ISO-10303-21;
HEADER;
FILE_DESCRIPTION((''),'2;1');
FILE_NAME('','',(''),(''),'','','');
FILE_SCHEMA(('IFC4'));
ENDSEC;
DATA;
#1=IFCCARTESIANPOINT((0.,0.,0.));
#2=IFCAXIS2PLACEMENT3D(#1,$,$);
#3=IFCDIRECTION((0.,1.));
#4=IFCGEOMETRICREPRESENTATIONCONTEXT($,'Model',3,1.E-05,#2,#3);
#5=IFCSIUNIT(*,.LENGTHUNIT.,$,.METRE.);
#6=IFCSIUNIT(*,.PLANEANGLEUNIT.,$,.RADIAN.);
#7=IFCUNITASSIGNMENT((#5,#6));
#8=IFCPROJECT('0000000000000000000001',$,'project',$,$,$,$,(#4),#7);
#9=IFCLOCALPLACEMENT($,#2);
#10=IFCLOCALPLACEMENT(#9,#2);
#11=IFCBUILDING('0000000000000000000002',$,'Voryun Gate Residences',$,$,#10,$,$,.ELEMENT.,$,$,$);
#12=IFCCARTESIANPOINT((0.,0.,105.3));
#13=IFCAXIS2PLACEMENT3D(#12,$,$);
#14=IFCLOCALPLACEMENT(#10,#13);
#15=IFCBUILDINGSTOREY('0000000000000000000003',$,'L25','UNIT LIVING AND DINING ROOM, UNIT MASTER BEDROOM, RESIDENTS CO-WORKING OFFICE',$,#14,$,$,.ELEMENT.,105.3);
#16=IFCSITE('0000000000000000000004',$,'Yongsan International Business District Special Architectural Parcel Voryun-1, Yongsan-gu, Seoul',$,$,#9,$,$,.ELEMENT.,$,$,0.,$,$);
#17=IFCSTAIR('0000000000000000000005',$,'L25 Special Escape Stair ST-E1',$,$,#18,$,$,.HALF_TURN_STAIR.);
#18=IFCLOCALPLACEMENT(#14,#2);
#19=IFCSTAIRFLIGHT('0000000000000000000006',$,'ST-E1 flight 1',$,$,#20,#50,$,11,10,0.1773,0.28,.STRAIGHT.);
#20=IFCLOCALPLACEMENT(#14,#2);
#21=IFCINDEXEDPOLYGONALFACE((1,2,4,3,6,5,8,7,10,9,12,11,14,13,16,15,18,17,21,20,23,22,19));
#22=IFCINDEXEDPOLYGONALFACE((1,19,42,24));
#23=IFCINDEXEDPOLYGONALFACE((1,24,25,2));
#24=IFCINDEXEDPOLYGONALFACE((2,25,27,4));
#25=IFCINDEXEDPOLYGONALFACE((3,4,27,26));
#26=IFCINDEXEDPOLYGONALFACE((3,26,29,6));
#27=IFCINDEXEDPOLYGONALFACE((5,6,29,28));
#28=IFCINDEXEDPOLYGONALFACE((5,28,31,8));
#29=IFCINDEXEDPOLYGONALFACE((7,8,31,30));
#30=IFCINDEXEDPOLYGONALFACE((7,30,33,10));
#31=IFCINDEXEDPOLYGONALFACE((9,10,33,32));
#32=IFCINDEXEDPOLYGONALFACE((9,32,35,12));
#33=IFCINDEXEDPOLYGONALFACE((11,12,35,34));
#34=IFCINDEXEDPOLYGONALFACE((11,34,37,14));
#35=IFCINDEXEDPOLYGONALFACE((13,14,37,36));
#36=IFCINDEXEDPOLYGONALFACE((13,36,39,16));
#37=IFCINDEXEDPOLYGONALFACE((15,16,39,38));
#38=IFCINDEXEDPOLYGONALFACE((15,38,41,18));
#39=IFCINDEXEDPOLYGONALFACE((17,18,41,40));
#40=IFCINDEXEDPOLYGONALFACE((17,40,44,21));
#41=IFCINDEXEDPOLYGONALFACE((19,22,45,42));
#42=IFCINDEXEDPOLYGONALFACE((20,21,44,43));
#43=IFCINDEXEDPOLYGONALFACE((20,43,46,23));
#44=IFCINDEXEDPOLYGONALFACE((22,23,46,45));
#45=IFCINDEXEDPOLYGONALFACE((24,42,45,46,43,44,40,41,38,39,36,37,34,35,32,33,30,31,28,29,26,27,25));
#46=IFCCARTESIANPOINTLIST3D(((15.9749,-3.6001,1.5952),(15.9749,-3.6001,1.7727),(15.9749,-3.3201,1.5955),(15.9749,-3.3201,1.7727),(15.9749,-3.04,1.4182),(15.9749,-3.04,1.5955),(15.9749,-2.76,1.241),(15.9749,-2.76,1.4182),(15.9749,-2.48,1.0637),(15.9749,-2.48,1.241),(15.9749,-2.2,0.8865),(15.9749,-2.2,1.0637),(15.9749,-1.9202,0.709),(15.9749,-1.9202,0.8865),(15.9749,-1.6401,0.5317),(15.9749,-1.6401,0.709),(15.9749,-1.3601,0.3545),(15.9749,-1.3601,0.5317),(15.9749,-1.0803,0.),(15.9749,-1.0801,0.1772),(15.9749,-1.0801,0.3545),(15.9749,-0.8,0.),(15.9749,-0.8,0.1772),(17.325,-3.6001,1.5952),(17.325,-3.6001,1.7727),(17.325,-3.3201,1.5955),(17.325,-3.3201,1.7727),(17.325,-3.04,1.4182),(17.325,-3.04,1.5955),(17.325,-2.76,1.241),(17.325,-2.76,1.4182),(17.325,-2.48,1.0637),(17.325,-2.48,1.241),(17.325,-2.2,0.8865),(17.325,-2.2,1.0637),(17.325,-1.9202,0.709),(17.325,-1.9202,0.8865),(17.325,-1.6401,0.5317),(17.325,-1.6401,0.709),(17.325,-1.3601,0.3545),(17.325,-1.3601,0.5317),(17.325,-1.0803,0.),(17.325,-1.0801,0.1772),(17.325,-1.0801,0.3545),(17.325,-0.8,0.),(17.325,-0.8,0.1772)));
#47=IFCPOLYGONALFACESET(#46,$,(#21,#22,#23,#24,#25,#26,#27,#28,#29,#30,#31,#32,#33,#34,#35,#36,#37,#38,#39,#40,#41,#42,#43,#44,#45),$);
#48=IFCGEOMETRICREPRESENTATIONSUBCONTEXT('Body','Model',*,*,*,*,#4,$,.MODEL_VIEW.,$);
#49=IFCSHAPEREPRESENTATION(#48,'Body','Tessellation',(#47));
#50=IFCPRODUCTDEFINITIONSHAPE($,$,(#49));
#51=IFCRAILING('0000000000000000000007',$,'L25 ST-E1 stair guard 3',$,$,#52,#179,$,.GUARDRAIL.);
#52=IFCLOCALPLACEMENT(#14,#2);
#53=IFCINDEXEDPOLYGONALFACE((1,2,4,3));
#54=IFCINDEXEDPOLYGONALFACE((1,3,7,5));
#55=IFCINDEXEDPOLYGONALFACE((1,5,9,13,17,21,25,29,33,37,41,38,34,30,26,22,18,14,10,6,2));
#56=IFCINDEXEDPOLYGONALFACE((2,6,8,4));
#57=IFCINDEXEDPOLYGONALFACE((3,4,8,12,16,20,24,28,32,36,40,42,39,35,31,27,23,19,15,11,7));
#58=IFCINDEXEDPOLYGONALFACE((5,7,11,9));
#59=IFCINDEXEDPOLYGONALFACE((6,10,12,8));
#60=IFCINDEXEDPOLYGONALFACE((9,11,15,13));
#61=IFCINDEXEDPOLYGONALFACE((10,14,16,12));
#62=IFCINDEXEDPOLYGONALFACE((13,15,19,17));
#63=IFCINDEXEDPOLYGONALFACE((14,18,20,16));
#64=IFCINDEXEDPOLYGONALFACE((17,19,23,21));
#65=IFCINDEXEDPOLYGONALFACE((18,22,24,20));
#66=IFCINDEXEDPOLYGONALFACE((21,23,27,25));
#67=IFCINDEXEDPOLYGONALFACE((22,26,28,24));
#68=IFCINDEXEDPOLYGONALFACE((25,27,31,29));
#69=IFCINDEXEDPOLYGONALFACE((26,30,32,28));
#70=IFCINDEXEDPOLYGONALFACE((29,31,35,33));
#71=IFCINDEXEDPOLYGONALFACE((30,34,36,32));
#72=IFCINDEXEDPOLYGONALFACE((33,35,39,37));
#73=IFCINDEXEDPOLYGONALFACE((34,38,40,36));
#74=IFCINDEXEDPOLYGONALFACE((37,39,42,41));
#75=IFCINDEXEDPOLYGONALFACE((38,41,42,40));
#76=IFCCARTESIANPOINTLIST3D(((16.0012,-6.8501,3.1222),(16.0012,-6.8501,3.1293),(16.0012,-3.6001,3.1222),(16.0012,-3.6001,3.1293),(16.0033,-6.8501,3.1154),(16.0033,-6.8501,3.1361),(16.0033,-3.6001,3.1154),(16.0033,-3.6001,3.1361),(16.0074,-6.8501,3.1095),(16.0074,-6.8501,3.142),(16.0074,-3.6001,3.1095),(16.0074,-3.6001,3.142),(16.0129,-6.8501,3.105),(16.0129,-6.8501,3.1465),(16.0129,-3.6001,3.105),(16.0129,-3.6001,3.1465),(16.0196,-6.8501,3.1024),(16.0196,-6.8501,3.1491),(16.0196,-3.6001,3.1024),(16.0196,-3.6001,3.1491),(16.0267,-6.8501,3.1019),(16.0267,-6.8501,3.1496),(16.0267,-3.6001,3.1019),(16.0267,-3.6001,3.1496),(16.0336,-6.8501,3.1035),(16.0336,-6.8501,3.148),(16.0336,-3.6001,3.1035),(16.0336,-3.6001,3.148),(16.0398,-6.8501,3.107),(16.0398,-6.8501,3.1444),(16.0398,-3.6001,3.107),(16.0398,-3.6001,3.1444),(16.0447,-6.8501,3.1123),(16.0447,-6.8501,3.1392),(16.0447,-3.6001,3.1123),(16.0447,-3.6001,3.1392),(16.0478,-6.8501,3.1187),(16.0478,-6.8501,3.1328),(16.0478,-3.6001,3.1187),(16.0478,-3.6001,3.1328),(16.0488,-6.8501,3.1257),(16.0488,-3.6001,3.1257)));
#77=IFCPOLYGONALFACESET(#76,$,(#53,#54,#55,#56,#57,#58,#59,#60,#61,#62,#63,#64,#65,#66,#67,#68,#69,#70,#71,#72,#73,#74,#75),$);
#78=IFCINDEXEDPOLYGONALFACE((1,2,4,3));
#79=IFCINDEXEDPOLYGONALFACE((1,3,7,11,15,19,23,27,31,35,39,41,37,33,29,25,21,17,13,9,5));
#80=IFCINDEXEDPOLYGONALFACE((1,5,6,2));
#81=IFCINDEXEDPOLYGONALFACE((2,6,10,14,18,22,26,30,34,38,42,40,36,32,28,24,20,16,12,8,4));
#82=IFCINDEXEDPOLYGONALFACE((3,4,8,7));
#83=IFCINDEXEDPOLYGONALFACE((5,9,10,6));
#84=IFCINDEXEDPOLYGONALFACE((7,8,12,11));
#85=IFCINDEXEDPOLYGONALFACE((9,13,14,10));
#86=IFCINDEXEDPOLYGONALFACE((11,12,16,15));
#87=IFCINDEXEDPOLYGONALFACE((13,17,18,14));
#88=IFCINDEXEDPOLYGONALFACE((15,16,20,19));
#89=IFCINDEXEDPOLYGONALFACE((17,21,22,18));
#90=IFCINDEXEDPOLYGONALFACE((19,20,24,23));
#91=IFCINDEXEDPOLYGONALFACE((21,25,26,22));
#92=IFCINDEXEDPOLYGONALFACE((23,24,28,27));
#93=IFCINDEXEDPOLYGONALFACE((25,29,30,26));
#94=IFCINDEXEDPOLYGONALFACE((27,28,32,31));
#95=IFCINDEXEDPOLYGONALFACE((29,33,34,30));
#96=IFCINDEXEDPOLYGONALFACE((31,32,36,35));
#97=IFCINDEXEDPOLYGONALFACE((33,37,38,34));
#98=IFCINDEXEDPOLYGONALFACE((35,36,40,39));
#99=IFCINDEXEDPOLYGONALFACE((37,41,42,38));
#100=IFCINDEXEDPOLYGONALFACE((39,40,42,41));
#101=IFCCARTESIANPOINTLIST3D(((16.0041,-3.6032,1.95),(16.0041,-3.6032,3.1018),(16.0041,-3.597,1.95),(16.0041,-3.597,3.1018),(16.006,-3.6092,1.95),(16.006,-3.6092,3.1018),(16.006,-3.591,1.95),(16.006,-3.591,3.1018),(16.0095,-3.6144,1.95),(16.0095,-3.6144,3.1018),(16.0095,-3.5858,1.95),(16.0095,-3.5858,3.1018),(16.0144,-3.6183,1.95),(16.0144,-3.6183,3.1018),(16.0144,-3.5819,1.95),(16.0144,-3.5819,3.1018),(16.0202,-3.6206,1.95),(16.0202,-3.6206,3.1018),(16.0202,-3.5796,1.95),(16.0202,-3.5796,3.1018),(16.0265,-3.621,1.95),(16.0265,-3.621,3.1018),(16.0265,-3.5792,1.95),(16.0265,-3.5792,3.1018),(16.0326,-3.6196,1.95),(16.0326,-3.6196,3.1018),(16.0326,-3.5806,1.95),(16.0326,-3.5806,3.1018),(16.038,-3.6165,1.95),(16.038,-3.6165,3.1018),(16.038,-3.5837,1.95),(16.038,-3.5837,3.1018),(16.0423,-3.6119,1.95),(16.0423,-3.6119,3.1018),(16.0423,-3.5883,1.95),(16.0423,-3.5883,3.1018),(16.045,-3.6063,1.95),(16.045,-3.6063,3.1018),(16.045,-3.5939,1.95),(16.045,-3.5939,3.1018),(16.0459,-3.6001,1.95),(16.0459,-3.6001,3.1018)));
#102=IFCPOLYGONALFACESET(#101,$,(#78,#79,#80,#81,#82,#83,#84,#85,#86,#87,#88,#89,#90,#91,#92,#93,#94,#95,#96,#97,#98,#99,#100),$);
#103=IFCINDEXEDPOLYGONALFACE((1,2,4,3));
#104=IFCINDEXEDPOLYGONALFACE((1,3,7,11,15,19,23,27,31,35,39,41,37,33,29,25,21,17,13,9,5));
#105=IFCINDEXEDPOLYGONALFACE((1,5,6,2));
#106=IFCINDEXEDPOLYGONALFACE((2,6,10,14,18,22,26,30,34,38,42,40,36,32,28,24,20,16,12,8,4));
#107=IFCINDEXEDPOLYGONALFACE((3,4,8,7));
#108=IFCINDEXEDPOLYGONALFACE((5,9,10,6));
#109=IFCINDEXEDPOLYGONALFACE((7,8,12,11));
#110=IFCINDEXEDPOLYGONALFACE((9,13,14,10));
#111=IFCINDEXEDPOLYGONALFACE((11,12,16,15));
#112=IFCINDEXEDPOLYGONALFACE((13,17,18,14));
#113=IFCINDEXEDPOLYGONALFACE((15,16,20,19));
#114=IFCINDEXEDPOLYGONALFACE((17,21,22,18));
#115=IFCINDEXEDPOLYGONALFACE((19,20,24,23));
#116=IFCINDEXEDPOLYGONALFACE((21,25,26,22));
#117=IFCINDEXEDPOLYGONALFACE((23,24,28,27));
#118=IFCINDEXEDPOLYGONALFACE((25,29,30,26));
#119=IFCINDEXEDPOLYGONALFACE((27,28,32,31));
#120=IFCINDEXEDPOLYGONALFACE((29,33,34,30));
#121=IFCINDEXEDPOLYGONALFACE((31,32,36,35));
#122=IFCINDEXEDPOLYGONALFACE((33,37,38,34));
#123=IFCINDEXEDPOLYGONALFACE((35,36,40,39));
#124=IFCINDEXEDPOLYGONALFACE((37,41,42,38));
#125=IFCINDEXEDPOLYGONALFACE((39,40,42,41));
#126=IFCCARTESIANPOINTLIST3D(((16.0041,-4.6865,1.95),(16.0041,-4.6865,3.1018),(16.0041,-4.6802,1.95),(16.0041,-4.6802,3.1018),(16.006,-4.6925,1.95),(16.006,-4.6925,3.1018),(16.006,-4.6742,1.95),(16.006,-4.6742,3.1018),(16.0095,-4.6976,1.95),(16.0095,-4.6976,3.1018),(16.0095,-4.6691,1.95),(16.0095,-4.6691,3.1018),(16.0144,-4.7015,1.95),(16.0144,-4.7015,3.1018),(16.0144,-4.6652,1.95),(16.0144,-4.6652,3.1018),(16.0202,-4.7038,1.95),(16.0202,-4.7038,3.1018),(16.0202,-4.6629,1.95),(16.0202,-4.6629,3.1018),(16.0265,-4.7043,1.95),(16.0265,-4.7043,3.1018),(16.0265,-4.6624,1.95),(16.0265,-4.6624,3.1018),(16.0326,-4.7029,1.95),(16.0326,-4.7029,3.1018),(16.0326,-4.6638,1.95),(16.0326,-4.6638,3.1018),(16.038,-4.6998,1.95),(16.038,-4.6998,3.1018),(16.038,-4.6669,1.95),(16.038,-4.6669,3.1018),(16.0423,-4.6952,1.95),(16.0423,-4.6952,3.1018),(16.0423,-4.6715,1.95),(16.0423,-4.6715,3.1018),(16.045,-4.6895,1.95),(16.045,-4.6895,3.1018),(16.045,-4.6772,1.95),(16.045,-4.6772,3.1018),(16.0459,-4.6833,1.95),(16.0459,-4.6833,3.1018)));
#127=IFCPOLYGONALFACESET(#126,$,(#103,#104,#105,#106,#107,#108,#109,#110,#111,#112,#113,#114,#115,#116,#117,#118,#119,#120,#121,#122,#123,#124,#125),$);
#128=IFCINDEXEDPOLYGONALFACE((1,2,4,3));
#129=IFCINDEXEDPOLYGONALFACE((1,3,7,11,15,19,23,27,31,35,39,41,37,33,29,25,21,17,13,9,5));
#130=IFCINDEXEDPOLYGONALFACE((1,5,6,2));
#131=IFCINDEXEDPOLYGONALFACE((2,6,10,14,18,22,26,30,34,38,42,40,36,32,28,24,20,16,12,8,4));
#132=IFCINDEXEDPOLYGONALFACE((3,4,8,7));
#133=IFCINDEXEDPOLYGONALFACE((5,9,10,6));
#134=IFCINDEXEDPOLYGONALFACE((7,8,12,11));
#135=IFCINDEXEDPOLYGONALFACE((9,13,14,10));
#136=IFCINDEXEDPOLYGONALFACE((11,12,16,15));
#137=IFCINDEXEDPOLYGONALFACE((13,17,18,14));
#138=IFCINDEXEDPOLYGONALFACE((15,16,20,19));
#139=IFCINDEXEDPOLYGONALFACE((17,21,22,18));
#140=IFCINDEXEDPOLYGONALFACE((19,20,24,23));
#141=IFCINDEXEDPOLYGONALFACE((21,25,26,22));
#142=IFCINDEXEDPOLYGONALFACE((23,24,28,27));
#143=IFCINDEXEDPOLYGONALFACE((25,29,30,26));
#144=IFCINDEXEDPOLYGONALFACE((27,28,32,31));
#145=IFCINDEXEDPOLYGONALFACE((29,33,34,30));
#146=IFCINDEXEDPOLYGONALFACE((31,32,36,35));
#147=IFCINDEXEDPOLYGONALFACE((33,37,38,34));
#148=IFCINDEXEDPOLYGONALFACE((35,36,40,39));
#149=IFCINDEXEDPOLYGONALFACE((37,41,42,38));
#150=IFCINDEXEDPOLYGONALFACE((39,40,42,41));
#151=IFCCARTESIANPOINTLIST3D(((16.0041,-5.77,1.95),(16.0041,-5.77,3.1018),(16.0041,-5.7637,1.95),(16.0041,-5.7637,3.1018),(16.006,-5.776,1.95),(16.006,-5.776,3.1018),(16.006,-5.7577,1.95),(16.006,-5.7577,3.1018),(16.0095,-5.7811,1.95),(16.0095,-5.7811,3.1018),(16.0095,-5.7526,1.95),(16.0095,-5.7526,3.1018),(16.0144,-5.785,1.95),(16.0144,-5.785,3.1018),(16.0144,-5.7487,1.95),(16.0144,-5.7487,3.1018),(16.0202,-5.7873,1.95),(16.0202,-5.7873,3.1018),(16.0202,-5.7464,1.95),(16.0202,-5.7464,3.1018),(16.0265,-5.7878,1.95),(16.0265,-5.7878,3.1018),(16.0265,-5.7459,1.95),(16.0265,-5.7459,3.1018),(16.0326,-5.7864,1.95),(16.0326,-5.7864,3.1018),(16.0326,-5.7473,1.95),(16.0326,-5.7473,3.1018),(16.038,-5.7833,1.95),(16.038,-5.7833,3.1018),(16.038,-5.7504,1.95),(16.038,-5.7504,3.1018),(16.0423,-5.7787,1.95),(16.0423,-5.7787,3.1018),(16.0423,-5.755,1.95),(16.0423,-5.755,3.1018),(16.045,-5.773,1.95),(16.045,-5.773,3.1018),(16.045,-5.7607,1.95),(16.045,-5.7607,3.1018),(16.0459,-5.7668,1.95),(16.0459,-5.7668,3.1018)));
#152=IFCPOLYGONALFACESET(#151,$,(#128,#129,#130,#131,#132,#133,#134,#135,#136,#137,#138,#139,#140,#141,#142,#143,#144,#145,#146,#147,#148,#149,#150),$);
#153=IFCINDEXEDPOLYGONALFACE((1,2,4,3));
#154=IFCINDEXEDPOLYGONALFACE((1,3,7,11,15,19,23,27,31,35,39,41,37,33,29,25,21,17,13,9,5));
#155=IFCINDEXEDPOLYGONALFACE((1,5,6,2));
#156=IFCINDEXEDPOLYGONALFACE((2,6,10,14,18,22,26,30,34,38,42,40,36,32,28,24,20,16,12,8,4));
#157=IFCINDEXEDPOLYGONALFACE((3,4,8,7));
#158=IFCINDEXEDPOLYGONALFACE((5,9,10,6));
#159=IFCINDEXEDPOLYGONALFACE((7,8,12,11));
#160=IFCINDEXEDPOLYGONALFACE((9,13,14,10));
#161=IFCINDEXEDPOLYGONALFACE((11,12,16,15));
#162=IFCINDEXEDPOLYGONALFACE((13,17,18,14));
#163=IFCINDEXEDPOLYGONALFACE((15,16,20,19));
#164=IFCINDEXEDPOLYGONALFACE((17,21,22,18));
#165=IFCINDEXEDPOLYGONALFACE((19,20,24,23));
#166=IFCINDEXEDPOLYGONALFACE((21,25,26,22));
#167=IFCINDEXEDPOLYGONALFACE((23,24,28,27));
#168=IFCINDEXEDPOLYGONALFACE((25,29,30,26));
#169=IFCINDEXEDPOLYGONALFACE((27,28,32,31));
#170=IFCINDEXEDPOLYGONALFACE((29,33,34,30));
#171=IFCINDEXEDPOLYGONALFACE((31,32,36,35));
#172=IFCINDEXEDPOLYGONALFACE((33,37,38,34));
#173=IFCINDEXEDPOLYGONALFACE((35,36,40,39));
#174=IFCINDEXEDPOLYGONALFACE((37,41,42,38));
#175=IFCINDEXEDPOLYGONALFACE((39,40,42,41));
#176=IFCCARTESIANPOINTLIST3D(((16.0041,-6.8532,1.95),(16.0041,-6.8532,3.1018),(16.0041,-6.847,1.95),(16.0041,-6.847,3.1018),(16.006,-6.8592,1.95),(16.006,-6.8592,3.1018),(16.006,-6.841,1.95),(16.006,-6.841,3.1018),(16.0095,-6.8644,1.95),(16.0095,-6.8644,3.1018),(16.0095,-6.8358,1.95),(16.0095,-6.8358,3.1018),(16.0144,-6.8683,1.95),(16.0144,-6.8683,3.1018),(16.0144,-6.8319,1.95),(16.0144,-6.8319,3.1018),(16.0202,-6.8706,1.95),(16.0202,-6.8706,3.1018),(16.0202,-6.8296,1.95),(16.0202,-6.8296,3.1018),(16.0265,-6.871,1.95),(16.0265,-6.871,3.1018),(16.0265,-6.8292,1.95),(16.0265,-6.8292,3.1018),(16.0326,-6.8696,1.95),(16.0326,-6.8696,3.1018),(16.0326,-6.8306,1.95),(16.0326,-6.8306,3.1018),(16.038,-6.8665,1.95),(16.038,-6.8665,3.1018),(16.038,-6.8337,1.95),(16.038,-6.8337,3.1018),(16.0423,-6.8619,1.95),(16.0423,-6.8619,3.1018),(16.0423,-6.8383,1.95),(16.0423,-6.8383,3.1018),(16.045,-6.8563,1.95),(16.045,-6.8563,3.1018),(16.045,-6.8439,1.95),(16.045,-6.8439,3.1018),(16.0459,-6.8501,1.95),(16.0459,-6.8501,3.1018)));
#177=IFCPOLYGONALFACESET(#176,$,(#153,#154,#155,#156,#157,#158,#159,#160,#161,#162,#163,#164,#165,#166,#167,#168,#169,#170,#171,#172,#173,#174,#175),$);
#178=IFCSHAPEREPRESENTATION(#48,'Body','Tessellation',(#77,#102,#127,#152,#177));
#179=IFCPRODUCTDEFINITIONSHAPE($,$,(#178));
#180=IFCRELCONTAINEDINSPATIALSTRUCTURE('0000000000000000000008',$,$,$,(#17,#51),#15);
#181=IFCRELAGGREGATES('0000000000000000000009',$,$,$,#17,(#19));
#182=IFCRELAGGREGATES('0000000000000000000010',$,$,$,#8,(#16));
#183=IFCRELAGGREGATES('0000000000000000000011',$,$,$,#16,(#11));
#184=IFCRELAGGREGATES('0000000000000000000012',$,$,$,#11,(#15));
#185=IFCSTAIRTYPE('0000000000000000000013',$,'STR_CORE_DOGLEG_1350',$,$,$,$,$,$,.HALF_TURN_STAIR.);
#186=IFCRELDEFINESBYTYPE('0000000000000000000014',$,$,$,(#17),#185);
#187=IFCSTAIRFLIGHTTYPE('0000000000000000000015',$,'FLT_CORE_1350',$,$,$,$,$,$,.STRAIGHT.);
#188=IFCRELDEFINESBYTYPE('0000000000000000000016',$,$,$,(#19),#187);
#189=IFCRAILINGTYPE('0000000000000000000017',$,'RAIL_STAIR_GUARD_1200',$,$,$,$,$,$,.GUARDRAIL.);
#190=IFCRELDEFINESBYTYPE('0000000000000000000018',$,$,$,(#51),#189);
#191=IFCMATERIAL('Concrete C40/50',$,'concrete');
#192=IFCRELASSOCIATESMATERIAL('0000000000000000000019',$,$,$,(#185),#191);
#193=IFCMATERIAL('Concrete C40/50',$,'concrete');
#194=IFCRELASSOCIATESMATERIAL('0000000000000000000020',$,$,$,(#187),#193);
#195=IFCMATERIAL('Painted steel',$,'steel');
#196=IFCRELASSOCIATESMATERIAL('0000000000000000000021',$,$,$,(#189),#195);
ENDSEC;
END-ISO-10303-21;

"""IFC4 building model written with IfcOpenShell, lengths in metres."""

from ifc_helpers import new_model, si_unit, direction, frame, origin, origin_2d, place, context, subcontext, project, spatial, polyline, circle, outline, extrude, material, type_object, element, aggregate, save


model = new_model("IFC4")

# Units and contexts
model_context = context("Model", 3, precision=1e-05, world=origin(), true_north=direction((0.0, 1.0)))
body_context = subcontext(model_context, "Body", "Model", "MODEL_VIEW")
ifc_project = project(units=[si_unit("LENGTHUNIT", "METRE"), si_unit("PLANEANGLEUNIT", "RADIAN")], contexts=[model_context])

# Site, building, storey
site_placement = place(None, origin())
site = spatial("IfcSite", under=ifc_project, at=site_placement, Name="Yongsan International Business District Special Architectural Parcel Voryun-1, Yongsan-gu, Seoul", CompositionType="ELEMENT", RefElevation=0.0)
building_placement = place(site_placement, origin())
building = spatial("IfcBuilding", under=site, at=building_placement, Name="Voryun Gate Residences", CompositionType="ELEMENT")
storey_placement = place(building_placement, frame((0.0, 0.0, 105.3)))
storey = spatial("IfcBuildingStorey", under=building, at=storey_placement, Name="L25", Description="UNIT LIVING AND DINING ROOM, UNIT MASTER BEDROOM, RESIDENTS CO-WORKING OFFICE", CompositionType="ELEMENT", Elevation=105.3)

# Stair, stair flight
ifc_material_1 = material(Name="Concrete C40/50", Category="concrete")
stair_type = type_object("IfcStairType", Name="STR_CORE_DOGLEG_1350", PredefinedType="HALF_TURN_STAIR", material=ifc_material_1)
stair_placement = place(storey_placement, origin())
stair = element("IfcStair", 1, at=stair_placement, inside=storey, type_object=stair_type, Name="L25 Special Escape Stair ST-E1", PredefinedType="HALF_TURN_STAIR")
ifc_material_2 = material(Name="Concrete C40/50", Category="concrete")
stair_flight_type = type_object("IfcStairFlightType", Name="FLT_CORE_1350", PredefinedType="STRAIGHT", material=ifc_material_2)
stair_flight_placement = place(storey_placement, frame((16.6499, -0.8, 0.0), z_axis=(0.0, 0.0, 1.0), x_axis=(0.0, -1.0, 0.0)))
stair_flight = element("IfcStairFlight", 2, at=stair_flight_placement, type_object=stair_flight_type, Name="ST-E1 flight 1", NumberOfRisers=11, NumberOfTreads=10, PredefinedType="STRAIGHT", RiserHeight=0.1773, TreadLength=0.28, context=body_context, shape_type="SweptSolid", body=[
    extrude(outline(polyline([(0.0, 0.0), (0.0, 0.1772), (0.28, 0.1772), (0.28, 0.3545), (0.5601, 0.3545), (0.5601, 0.5317), (0.8401, 0.5317), (0.8401, 0.709), (1.1201, 0.709), (1.1201, 0.8865), (1.3999, 0.8865), (1.3999, 1.0637), (1.6799, 1.0637), (1.6799, 1.241), (1.96, 1.241), (1.96, 1.4182), (2.24, 1.4182), (2.24, 1.5955), (2.52, 1.5955), (2.52, 1.7727), (2.8, 1.7727), (2.8, 1.95), (2.8, 1.5952), (0.2803, 0.0), (0.0, 0.0)])), frame((0.0, 0.675, 0.0), z_axis=(0.0, -1.0, 0.0), x_axis=(1.0, 0.0, 0.0)), (0.0, 0.0, 1.0), 1.3501),
])
aggregate(stair, [stair_flight])

# Railing
ifc_material_3 = material(Name="Painted steel", Category="steel")
railing_type_1 = type_object("IfcRailingType", Name="RAIL_STAIR_GUARD_1200", PredefinedType="GUARDRAIL", material=ifc_material_3)
railing_1_placement = place(storey_placement, frame((16.0249, -3.6001, 1.95)))
element("IfcRailing", 3, at=railing_1_placement, inside=storey, type_object=railing_type_1, Name="L25 ST-E1 stair guard 3", PredefinedType="GUARDRAIL", context=body_context, shape_type="SweptSolid", body=[
    extrude(circle(Radius=0.0239, at=origin_2d()), frame((0.0, 0.0, 1.1758), z_axis=(0.0, -1.0, 0.0), x_axis=(1.0, 0.0, 0.0)), (0.0, 0.0, 1.0), 3.25),
    extrude(circle(Radius=0.021, at=origin_2d()), origin(), (0.0, 0.0, 1.0), 1.1519),
    extrude(circle(Radius=0.021, at=origin_2d()), frame((0.0, -1.0833, 0.0)), (0.0, 0.0, 1.0), 1.1519),
    extrude(circle(Radius=0.021, at=origin_2d()), frame((0.0, -2.1667, 0.0)), (0.0, 0.0, 1.0), 1.1519),
    extrude(circle(Radius=0.021, at=origin_2d()), frame((0.0, -3.25, 0.0)), (0.0, 0.0, 1.0), 1.1519),
])

save(model, "model.ifc")
